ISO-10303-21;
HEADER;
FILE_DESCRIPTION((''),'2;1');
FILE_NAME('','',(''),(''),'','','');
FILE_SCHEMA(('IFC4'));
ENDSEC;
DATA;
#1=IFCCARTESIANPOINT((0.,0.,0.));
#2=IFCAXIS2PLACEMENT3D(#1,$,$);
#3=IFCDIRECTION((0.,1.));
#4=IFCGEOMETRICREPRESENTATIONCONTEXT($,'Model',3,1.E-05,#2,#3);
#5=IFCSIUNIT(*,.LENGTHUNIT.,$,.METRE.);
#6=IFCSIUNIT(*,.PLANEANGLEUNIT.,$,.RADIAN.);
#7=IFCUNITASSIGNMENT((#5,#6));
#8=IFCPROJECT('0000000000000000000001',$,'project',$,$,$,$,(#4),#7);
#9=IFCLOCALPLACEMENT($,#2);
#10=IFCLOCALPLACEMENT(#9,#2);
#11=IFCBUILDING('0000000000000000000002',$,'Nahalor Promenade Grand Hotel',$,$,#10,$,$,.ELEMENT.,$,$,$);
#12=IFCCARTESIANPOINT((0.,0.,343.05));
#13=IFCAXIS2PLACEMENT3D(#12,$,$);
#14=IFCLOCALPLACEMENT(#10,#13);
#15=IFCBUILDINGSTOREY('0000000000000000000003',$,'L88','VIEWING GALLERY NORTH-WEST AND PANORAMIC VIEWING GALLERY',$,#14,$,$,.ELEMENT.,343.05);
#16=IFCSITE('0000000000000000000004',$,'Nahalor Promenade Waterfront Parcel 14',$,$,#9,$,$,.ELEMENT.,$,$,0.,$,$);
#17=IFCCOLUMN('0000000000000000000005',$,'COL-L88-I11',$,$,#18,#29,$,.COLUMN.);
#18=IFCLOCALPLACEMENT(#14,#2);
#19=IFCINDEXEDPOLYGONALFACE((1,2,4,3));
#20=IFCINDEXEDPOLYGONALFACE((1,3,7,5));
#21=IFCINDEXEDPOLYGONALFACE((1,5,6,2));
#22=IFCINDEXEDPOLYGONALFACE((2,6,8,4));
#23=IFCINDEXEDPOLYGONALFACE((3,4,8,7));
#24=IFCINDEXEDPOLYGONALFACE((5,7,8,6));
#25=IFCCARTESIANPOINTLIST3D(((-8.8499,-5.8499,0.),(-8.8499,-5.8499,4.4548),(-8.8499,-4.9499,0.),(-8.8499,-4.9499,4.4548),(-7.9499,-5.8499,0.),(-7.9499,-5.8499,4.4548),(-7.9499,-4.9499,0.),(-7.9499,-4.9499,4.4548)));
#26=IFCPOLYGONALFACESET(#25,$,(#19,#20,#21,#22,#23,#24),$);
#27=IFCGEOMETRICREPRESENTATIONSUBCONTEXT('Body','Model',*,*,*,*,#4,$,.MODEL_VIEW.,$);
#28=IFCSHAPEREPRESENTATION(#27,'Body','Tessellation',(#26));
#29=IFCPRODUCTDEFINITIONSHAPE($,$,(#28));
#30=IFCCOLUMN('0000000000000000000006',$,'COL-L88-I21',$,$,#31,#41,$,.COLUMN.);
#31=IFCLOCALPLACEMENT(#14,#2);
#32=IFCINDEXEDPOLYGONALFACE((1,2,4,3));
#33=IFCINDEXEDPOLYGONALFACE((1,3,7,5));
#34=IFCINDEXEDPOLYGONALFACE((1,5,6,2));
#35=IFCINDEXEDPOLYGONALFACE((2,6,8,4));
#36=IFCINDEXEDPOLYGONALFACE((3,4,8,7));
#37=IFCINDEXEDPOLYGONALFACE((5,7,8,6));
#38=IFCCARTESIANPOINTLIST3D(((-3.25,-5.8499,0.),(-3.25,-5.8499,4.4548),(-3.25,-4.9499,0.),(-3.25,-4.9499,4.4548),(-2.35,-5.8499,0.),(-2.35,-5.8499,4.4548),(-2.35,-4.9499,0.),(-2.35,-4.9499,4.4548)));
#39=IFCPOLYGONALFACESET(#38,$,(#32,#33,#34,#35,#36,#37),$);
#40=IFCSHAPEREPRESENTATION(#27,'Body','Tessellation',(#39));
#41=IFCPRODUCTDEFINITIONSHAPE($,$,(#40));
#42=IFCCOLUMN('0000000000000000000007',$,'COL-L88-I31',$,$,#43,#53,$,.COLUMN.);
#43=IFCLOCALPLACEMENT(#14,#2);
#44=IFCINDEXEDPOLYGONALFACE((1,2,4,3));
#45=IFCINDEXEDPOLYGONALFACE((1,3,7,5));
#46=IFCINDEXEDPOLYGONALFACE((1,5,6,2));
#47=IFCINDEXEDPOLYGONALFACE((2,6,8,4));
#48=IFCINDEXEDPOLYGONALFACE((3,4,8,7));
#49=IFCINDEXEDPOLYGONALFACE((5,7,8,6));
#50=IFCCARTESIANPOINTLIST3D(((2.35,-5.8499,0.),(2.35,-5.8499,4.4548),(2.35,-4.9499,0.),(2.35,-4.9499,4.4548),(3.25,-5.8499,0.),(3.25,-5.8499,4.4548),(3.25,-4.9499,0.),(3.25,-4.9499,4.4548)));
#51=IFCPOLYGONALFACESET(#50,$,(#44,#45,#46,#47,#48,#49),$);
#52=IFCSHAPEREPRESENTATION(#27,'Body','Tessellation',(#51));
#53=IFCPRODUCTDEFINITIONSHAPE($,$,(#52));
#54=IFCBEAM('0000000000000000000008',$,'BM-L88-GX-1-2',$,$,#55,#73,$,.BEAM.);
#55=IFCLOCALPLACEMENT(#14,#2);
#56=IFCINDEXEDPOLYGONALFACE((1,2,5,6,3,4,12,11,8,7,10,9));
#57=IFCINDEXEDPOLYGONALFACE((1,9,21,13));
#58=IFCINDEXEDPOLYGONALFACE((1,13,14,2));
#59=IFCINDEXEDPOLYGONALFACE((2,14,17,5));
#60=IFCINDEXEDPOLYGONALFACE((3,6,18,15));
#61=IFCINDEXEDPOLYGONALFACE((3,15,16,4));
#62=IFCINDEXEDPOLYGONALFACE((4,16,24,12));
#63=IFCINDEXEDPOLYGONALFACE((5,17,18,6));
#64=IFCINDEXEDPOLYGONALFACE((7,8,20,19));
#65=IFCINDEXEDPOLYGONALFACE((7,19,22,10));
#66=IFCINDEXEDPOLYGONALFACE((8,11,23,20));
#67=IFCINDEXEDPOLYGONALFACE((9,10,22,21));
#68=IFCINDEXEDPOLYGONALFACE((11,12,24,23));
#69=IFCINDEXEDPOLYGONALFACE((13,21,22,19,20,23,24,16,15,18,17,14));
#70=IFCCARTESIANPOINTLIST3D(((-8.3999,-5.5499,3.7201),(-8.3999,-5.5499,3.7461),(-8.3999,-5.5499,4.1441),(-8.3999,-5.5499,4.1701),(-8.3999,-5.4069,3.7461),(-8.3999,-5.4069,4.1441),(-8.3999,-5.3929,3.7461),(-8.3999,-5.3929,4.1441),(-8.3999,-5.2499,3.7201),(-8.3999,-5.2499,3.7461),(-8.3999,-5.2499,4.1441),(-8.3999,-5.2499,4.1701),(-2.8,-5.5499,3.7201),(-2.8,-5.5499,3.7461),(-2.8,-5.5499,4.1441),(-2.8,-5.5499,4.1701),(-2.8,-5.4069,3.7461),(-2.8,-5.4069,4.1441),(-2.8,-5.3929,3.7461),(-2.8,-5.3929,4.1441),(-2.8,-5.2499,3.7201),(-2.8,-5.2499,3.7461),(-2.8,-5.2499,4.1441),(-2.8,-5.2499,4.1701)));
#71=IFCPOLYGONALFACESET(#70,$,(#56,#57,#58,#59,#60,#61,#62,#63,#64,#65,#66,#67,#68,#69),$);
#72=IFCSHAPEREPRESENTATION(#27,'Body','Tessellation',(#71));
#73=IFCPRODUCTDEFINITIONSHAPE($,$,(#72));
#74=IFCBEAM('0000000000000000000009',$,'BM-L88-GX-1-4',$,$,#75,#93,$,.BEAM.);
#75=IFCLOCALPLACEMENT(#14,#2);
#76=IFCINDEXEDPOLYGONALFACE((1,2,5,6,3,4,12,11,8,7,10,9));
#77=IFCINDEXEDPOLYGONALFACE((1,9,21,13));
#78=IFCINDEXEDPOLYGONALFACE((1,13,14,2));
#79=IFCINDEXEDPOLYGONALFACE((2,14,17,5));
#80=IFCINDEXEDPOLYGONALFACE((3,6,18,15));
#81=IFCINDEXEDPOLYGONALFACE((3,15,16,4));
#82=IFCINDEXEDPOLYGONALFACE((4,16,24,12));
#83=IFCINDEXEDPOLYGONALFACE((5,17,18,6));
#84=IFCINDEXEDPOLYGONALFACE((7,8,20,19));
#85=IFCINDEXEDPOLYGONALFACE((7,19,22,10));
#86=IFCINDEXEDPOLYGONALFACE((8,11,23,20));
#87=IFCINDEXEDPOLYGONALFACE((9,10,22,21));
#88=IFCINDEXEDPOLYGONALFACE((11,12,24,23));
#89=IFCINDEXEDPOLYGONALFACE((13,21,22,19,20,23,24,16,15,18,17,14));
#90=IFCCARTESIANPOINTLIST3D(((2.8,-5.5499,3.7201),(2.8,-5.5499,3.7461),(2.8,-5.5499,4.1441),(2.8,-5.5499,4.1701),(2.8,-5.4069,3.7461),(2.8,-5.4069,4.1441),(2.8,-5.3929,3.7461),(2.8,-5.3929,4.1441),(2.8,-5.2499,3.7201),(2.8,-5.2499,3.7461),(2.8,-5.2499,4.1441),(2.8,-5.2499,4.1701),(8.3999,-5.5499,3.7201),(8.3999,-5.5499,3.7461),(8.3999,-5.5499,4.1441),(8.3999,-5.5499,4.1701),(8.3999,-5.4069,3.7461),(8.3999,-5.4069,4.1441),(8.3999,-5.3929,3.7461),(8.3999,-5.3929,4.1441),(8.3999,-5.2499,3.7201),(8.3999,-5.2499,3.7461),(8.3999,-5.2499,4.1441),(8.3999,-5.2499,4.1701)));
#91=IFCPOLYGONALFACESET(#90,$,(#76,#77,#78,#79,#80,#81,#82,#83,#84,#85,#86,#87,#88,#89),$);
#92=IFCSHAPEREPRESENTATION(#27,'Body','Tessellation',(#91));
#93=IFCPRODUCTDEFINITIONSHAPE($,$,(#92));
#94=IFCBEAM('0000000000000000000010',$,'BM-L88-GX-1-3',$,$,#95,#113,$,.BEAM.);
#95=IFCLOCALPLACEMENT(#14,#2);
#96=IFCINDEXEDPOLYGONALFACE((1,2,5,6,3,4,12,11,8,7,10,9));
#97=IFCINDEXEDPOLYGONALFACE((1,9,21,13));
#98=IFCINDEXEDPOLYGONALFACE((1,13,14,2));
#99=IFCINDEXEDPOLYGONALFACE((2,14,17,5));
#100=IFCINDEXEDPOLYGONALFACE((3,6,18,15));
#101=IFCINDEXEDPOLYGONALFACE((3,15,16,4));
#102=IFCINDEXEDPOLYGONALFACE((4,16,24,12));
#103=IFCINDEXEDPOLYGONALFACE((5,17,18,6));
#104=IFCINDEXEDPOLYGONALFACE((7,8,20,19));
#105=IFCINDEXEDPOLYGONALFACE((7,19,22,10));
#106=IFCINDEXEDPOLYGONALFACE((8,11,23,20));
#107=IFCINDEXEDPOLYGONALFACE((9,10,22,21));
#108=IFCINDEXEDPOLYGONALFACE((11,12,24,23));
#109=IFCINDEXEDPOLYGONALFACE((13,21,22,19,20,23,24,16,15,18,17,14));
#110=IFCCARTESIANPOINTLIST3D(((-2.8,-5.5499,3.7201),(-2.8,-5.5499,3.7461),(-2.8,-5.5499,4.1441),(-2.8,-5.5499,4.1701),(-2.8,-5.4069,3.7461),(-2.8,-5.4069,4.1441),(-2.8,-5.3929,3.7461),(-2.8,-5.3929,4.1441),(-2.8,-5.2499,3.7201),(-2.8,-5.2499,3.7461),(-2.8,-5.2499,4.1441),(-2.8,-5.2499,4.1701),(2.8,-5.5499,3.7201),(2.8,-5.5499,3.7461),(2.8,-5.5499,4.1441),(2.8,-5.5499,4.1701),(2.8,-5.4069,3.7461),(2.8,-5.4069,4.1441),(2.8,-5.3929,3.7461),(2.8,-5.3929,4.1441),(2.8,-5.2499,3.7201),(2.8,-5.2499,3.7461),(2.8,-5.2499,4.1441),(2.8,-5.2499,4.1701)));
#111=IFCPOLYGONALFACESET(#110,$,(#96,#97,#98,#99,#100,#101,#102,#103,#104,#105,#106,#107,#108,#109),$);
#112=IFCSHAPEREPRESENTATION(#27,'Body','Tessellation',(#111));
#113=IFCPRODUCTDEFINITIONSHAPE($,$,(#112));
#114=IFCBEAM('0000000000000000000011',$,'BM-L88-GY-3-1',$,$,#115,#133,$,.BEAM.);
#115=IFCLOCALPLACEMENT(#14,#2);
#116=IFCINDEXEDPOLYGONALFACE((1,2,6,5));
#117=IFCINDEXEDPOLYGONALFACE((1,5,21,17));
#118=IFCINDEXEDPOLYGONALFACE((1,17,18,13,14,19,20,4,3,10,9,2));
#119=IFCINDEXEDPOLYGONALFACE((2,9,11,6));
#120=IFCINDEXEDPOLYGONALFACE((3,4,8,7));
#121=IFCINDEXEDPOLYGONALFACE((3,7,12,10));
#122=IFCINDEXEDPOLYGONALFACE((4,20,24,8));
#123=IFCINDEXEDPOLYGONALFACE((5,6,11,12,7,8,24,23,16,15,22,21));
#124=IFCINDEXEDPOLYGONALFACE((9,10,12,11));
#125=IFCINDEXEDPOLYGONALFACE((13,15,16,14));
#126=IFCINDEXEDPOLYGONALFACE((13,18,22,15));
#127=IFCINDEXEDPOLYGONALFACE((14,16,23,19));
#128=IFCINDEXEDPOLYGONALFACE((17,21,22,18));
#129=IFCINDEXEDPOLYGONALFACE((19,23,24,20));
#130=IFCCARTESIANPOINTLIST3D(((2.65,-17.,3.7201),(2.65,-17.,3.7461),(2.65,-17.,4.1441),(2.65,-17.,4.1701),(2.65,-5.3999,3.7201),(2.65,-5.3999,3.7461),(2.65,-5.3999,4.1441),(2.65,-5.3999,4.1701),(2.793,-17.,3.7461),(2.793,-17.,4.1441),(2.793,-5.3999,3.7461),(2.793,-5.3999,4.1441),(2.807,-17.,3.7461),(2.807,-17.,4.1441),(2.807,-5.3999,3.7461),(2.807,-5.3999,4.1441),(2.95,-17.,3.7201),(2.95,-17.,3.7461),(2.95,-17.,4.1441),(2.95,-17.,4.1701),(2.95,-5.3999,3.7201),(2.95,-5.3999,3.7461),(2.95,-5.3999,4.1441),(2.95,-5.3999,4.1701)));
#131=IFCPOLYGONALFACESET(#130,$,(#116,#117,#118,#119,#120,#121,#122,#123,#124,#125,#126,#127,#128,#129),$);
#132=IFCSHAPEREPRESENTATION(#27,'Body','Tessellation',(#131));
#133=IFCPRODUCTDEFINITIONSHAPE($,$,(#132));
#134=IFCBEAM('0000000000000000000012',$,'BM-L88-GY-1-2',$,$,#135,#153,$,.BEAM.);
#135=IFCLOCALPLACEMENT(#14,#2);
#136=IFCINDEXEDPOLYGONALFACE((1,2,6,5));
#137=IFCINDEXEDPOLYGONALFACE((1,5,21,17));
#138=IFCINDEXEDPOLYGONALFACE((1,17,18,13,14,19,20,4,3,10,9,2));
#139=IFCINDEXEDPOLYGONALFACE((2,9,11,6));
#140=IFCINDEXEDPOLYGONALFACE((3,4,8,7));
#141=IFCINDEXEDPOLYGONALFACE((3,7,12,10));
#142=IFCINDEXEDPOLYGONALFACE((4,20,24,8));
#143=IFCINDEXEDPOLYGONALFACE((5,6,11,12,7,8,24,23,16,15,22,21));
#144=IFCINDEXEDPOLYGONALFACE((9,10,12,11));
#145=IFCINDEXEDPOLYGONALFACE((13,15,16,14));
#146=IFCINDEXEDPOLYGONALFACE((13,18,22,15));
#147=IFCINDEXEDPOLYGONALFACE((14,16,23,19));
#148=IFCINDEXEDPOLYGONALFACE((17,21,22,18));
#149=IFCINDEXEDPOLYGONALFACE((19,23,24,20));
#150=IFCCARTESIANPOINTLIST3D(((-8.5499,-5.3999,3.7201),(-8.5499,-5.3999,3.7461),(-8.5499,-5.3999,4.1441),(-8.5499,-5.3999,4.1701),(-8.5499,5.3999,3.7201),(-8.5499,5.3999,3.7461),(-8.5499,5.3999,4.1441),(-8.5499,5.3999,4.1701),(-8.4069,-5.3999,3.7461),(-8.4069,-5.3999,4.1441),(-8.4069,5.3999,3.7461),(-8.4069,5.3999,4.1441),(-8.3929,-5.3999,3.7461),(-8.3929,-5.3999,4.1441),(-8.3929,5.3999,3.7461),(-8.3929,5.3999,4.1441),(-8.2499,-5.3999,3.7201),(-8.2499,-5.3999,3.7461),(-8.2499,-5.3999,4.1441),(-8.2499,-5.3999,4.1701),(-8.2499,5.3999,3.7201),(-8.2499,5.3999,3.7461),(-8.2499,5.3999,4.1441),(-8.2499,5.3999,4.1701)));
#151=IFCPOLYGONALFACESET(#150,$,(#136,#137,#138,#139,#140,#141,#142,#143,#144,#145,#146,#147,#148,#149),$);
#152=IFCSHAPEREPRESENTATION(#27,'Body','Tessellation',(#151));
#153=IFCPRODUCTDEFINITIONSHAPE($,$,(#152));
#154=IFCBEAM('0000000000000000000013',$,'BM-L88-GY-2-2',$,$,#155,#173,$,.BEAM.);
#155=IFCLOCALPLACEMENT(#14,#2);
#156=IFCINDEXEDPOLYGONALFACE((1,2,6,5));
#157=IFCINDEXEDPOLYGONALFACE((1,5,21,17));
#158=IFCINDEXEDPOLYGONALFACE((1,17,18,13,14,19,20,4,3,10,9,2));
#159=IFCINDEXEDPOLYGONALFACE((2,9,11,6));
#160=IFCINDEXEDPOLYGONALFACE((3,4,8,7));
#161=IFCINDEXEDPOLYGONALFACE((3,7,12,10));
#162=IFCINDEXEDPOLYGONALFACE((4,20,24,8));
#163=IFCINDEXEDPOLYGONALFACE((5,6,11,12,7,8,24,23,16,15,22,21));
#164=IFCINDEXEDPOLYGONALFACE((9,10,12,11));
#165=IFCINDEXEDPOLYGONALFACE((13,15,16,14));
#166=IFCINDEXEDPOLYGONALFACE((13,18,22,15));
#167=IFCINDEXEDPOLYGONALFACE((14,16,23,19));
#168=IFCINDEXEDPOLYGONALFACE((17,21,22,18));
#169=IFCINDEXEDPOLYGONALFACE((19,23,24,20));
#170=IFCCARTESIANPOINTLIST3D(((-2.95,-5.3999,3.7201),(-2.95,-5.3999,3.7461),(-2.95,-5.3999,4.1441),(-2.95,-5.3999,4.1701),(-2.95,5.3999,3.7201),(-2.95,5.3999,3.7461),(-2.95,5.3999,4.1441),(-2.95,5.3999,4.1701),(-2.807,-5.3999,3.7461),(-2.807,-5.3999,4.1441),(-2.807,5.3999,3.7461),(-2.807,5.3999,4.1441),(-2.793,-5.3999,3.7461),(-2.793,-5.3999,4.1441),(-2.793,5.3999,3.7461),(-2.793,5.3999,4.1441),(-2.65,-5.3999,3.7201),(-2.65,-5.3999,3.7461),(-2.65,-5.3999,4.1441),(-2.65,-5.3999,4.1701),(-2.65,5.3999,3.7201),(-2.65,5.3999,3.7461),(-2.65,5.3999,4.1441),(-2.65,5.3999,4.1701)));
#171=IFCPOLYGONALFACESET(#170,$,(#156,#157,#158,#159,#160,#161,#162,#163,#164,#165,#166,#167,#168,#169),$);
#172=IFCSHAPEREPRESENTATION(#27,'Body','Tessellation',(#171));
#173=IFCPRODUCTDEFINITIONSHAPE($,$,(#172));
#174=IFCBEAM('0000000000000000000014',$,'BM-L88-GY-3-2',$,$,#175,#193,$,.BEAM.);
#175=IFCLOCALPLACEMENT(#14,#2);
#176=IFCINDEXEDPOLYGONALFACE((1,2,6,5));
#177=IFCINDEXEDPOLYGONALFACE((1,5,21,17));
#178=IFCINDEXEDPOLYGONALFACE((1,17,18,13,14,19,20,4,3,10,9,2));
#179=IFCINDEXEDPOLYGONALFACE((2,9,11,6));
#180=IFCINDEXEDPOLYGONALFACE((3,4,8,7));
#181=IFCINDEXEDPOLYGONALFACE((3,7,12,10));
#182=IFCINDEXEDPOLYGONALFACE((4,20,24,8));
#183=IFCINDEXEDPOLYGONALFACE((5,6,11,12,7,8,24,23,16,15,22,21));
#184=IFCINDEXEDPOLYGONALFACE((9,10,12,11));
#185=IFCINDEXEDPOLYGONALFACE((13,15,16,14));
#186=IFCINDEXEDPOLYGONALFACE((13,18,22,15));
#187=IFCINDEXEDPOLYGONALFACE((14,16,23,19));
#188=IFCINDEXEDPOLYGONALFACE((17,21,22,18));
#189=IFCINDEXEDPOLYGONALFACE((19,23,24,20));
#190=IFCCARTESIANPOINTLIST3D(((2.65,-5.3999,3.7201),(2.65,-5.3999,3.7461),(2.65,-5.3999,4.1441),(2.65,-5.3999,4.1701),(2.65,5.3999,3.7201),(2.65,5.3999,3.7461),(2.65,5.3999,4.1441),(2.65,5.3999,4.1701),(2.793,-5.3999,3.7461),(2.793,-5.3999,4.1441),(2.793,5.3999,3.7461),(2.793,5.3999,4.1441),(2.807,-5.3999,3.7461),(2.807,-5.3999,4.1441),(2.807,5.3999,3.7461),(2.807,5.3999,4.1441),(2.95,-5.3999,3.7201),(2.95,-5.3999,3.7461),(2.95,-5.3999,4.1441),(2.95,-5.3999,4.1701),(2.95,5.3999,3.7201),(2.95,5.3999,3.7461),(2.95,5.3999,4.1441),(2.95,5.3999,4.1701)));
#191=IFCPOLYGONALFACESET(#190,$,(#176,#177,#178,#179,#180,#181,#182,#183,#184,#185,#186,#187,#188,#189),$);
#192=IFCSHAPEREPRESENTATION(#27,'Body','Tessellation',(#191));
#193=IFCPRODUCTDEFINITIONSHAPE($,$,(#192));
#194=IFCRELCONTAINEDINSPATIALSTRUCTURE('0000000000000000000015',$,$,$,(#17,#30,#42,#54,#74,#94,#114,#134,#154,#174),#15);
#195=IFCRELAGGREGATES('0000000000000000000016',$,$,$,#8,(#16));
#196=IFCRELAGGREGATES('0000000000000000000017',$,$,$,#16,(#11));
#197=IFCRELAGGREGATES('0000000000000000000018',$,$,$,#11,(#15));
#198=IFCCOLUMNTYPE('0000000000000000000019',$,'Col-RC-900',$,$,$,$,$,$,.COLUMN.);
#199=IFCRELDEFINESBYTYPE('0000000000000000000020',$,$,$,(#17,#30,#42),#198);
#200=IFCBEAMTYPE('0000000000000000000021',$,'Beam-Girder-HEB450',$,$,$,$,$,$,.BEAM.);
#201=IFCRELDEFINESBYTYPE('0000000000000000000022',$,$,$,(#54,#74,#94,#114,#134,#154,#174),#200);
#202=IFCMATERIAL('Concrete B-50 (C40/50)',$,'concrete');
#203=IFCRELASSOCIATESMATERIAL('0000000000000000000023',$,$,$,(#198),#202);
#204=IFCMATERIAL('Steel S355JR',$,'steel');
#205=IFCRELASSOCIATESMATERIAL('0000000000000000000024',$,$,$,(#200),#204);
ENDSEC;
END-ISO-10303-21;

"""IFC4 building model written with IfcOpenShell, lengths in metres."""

from ifc_helpers import new_model, si_unit, direction, frame, origin, origin_2d, place, context, subcontext, project, spatial, rectangle, i_section, extrude, source, transform, mapped, material, material_profile, profile_set, type_object, element, save


model = new_model("IFC4")

# Units and contexts
model_context = context("Model", 3, precision=1e-05, world=origin(), true_north=direction((0.0, 1.0)))
body_context = subcontext(model_context, "Body", "Model", "MODEL_VIEW")
ifc_project = project(units=[si_unit("LENGTHUNIT", "METRE"), si_unit("PLANEANGLEUNIT", "RADIAN")], contexts=[model_context])

# Site, building, storey
site_placement = place(None, origin())
site = spatial("IfcSite", under=ifc_project, at=site_placement, Name="Nahalor Promenade Waterfront Parcel 14", CompositionType="ELEMENT", RefElevation=0.0)
building_placement = place(site_placement, origin())
building = spatial("IfcBuilding", under=site, at=building_placement, Name="Nahalor Promenade Grand Hotel", CompositionType="ELEMENT")
storey_placement = place(building_placement, frame((0.0, 0.0, 343.05)))
storey = spatial("IfcBuildingStorey", under=building, at=storey_placement, Name="L88", Description="VIEWING GALLERY NORTH-WEST AND PANORAMIC VIEWING GALLERY", CompositionType="ELEMENT", Elevation=343.05)

# Columns
ifc_material_1 = material(Name="Concrete B-50 (C40/50)", Category="concrete")
ifc_material_profile_1 = material_profile(ifc_material_1, rectangle(XDim=0.9, YDim=0.9, at=origin_2d()), Name="RC 900x900")
ifc_profile_set_1 = profile_set([ifc_material_profile_1], Name="Concrete B-50 (C40/50)")
column_type = type_object("IfcColumnType", Name="Col-RC-900", PredefinedType="COLUMN", material=ifc_profile_set_1)
shared_shape_1 = source(origin(), body_context, "Body", "SweptSolid", [
    extrude(rectangle(XDim=0.9, YDim=0.9, at=origin_2d()), origin(), (0.0, 0.0, 1.0), 4.4548),
])
for number, where, z_axis, x_axis, name in (
    (1, (-8.3999, -5.3999, 0.0), (0.0, 0.0, 1.0), (1.0, 0.0, 0.0), "COL-L88-I11"),
    (2, (-2.8, -5.3999, 0.0), (0.0, 0.0, 1.0), (1.0, 0.0, 0.0), "COL-L88-I21"),
    (3, (2.8, -5.3999, 0.0), (0.0, 0.0, 1.0), (1.0, 0.0, 0.0), "COL-L88-I31"),
):
    element("IfcColumn", number, at=place(storey_placement, frame(where, z_axis=z_axis, x_axis=x_axis)), inside=storey, type_object=column_type, Name=name, PredefinedType="COLUMN", context=body_context, shape_type="MappedRepresentation", body=[
        mapped(shared_shape_1, transform((0.0, 0.0, 0.0), scale=1.0)),
    ])

# Beams
ifc_material_2 = material(Name="Steel S355JR", Category="steel")
ifc_material_profile_2 = material_profile(ifc_material_2, i_section(OverallWidth=0.3, OverallDepth=0.45, WebThickness=0.014, FlangeThickness=0.026, at=origin_2d()), Name="HEB 450")
ifc_profile_set_2 = profile_set([ifc_material_profile_2], Name="Steel S355JR")
beam_type = type_object("IfcBeamType", Name="Beam-Girder-HEB450", PredefinedType="BEAM", material=ifc_profile_set_2)
shared_shape_2 = source(origin(), body_context, "Body", "SweptSolid", [
    extrude(i_section(OverallWidth=0.3, OverallDepth=0.45, WebThickness=0.014, FlangeThickness=0.026, at=origin_2d()), origin(), (0.0, 0.0, 1.0), 5.5999),
])
for number, where, z_axis, x_axis, name in (
    (4, (-8.3999, -5.3999, 3.9451), (1.0, 0.0, 0.0), (0.0, 1.0, 0.0), "BM-L88-GX-1-2"),
    (5, (2.8, -5.3999, 3.9451), (1.0, 0.0, 0.0), (0.0, 1.0, 0.0), "BM-L88-GX-1-4"),
):
    element("IfcBeam", number, at=place(storey_placement, frame(where, z_axis=z_axis, x_axis=x_axis)), inside=storey, type_object=beam_type, Name=name, PredefinedType="BEAM", context=body_context, shape_type="MappedRepresentation", body=[
        mapped(shared_shape_2, transform((0.0, 0.0, 0.0), scale=1.0)),
    ])
shared_shape_3 = source(origin(), body_context, "Body", "SweptSolid", [
    extrude(i_section(OverallWidth=0.3, OverallDepth=0.45, WebThickness=0.014, FlangeThickness=0.026, at=origin_2d()), origin(), (0.0, 0.0, 1.0), 5.6001),
])
beam_1_placement = place(storey_placement, frame((-2.8, -5.3999, 3.9451), z_axis=(1.0, 0.0, 0.0), x_axis=(0.0, 1.0, 0.0)))
element("IfcBeam", 6, at=beam_1_placement, inside=storey, type_object=beam_type, Name="BM-L88-GX-1-3", PredefinedType="BEAM", context=body_context, shape_type="MappedRepresentation", body=[
    mapped(shared_shape_3, transform((0.0, 0.0, 0.0), scale=1.0)),
])
shared_shape_4 = source(origin(), body_context, "Body", "SweptSolid", [
    extrude(i_section(OverallWidth=0.3, OverallDepth=0.45, WebThickness=0.014, FlangeThickness=0.026, at=origin_2d()), origin(), (0.0, 0.0, 1.0), 11.6001),
])
beam_2_placement = place(storey_placement, frame((2.8, -17.0, 3.9451), z_axis=(0.0, 1.0, 0.0), x_axis=(-1.0, 0.0, 0.0)))
element("IfcBeam", 7, at=beam_2_placement, inside=storey, type_object=beam_type, Name="BM-L88-GY-3-1", PredefinedType="BEAM", context=body_context, shape_type="MappedRepresentation", body=[
    mapped(shared_shape_4, transform((0.0, 0.0, 0.0), scale=1.0)),
])
shared_shape_5 = source(origin(), body_context, "Body", "SweptSolid", [
    extrude(i_section(OverallWidth=0.3, OverallDepth=0.45, WebThickness=0.014, FlangeThickness=0.026, at=origin_2d()), origin(), (0.0, 0.0, 1.0), 10.7998),
])
for number, where, z_axis, x_axis, name in (
    (8, (-8.3999, -5.3999, 3.9451), (0.0, 1.0, 0.0), (-1.0, 0.0, 0.0), "BM-L88-GY-1-2"),
    (9, (-2.8, -5.3999, 3.9451), (0.0, 1.0, 0.0), (-1.0, 0.0, 0.0), "BM-L88-GY-2-2"),
    (10, (2.8, -5.3999, 3.9451), (0.0, 1.0, 0.0), (-1.0, 0.0, 0.0), "BM-L88-GY-3-2"),
):
    element("IfcBeam", number, at=place(storey_placement, frame(where, z_axis=z_axis, x_axis=x_axis)), inside=storey, type_object=beam_type, Name=name, PredefinedType="BEAM", context=body_context, shape_type="MappedRepresentation", body=[
        mapped(shared_shape_5, transform((0.0, 0.0, 0.0), scale=1.0)),
    ])

save(model, "model.ifc")
